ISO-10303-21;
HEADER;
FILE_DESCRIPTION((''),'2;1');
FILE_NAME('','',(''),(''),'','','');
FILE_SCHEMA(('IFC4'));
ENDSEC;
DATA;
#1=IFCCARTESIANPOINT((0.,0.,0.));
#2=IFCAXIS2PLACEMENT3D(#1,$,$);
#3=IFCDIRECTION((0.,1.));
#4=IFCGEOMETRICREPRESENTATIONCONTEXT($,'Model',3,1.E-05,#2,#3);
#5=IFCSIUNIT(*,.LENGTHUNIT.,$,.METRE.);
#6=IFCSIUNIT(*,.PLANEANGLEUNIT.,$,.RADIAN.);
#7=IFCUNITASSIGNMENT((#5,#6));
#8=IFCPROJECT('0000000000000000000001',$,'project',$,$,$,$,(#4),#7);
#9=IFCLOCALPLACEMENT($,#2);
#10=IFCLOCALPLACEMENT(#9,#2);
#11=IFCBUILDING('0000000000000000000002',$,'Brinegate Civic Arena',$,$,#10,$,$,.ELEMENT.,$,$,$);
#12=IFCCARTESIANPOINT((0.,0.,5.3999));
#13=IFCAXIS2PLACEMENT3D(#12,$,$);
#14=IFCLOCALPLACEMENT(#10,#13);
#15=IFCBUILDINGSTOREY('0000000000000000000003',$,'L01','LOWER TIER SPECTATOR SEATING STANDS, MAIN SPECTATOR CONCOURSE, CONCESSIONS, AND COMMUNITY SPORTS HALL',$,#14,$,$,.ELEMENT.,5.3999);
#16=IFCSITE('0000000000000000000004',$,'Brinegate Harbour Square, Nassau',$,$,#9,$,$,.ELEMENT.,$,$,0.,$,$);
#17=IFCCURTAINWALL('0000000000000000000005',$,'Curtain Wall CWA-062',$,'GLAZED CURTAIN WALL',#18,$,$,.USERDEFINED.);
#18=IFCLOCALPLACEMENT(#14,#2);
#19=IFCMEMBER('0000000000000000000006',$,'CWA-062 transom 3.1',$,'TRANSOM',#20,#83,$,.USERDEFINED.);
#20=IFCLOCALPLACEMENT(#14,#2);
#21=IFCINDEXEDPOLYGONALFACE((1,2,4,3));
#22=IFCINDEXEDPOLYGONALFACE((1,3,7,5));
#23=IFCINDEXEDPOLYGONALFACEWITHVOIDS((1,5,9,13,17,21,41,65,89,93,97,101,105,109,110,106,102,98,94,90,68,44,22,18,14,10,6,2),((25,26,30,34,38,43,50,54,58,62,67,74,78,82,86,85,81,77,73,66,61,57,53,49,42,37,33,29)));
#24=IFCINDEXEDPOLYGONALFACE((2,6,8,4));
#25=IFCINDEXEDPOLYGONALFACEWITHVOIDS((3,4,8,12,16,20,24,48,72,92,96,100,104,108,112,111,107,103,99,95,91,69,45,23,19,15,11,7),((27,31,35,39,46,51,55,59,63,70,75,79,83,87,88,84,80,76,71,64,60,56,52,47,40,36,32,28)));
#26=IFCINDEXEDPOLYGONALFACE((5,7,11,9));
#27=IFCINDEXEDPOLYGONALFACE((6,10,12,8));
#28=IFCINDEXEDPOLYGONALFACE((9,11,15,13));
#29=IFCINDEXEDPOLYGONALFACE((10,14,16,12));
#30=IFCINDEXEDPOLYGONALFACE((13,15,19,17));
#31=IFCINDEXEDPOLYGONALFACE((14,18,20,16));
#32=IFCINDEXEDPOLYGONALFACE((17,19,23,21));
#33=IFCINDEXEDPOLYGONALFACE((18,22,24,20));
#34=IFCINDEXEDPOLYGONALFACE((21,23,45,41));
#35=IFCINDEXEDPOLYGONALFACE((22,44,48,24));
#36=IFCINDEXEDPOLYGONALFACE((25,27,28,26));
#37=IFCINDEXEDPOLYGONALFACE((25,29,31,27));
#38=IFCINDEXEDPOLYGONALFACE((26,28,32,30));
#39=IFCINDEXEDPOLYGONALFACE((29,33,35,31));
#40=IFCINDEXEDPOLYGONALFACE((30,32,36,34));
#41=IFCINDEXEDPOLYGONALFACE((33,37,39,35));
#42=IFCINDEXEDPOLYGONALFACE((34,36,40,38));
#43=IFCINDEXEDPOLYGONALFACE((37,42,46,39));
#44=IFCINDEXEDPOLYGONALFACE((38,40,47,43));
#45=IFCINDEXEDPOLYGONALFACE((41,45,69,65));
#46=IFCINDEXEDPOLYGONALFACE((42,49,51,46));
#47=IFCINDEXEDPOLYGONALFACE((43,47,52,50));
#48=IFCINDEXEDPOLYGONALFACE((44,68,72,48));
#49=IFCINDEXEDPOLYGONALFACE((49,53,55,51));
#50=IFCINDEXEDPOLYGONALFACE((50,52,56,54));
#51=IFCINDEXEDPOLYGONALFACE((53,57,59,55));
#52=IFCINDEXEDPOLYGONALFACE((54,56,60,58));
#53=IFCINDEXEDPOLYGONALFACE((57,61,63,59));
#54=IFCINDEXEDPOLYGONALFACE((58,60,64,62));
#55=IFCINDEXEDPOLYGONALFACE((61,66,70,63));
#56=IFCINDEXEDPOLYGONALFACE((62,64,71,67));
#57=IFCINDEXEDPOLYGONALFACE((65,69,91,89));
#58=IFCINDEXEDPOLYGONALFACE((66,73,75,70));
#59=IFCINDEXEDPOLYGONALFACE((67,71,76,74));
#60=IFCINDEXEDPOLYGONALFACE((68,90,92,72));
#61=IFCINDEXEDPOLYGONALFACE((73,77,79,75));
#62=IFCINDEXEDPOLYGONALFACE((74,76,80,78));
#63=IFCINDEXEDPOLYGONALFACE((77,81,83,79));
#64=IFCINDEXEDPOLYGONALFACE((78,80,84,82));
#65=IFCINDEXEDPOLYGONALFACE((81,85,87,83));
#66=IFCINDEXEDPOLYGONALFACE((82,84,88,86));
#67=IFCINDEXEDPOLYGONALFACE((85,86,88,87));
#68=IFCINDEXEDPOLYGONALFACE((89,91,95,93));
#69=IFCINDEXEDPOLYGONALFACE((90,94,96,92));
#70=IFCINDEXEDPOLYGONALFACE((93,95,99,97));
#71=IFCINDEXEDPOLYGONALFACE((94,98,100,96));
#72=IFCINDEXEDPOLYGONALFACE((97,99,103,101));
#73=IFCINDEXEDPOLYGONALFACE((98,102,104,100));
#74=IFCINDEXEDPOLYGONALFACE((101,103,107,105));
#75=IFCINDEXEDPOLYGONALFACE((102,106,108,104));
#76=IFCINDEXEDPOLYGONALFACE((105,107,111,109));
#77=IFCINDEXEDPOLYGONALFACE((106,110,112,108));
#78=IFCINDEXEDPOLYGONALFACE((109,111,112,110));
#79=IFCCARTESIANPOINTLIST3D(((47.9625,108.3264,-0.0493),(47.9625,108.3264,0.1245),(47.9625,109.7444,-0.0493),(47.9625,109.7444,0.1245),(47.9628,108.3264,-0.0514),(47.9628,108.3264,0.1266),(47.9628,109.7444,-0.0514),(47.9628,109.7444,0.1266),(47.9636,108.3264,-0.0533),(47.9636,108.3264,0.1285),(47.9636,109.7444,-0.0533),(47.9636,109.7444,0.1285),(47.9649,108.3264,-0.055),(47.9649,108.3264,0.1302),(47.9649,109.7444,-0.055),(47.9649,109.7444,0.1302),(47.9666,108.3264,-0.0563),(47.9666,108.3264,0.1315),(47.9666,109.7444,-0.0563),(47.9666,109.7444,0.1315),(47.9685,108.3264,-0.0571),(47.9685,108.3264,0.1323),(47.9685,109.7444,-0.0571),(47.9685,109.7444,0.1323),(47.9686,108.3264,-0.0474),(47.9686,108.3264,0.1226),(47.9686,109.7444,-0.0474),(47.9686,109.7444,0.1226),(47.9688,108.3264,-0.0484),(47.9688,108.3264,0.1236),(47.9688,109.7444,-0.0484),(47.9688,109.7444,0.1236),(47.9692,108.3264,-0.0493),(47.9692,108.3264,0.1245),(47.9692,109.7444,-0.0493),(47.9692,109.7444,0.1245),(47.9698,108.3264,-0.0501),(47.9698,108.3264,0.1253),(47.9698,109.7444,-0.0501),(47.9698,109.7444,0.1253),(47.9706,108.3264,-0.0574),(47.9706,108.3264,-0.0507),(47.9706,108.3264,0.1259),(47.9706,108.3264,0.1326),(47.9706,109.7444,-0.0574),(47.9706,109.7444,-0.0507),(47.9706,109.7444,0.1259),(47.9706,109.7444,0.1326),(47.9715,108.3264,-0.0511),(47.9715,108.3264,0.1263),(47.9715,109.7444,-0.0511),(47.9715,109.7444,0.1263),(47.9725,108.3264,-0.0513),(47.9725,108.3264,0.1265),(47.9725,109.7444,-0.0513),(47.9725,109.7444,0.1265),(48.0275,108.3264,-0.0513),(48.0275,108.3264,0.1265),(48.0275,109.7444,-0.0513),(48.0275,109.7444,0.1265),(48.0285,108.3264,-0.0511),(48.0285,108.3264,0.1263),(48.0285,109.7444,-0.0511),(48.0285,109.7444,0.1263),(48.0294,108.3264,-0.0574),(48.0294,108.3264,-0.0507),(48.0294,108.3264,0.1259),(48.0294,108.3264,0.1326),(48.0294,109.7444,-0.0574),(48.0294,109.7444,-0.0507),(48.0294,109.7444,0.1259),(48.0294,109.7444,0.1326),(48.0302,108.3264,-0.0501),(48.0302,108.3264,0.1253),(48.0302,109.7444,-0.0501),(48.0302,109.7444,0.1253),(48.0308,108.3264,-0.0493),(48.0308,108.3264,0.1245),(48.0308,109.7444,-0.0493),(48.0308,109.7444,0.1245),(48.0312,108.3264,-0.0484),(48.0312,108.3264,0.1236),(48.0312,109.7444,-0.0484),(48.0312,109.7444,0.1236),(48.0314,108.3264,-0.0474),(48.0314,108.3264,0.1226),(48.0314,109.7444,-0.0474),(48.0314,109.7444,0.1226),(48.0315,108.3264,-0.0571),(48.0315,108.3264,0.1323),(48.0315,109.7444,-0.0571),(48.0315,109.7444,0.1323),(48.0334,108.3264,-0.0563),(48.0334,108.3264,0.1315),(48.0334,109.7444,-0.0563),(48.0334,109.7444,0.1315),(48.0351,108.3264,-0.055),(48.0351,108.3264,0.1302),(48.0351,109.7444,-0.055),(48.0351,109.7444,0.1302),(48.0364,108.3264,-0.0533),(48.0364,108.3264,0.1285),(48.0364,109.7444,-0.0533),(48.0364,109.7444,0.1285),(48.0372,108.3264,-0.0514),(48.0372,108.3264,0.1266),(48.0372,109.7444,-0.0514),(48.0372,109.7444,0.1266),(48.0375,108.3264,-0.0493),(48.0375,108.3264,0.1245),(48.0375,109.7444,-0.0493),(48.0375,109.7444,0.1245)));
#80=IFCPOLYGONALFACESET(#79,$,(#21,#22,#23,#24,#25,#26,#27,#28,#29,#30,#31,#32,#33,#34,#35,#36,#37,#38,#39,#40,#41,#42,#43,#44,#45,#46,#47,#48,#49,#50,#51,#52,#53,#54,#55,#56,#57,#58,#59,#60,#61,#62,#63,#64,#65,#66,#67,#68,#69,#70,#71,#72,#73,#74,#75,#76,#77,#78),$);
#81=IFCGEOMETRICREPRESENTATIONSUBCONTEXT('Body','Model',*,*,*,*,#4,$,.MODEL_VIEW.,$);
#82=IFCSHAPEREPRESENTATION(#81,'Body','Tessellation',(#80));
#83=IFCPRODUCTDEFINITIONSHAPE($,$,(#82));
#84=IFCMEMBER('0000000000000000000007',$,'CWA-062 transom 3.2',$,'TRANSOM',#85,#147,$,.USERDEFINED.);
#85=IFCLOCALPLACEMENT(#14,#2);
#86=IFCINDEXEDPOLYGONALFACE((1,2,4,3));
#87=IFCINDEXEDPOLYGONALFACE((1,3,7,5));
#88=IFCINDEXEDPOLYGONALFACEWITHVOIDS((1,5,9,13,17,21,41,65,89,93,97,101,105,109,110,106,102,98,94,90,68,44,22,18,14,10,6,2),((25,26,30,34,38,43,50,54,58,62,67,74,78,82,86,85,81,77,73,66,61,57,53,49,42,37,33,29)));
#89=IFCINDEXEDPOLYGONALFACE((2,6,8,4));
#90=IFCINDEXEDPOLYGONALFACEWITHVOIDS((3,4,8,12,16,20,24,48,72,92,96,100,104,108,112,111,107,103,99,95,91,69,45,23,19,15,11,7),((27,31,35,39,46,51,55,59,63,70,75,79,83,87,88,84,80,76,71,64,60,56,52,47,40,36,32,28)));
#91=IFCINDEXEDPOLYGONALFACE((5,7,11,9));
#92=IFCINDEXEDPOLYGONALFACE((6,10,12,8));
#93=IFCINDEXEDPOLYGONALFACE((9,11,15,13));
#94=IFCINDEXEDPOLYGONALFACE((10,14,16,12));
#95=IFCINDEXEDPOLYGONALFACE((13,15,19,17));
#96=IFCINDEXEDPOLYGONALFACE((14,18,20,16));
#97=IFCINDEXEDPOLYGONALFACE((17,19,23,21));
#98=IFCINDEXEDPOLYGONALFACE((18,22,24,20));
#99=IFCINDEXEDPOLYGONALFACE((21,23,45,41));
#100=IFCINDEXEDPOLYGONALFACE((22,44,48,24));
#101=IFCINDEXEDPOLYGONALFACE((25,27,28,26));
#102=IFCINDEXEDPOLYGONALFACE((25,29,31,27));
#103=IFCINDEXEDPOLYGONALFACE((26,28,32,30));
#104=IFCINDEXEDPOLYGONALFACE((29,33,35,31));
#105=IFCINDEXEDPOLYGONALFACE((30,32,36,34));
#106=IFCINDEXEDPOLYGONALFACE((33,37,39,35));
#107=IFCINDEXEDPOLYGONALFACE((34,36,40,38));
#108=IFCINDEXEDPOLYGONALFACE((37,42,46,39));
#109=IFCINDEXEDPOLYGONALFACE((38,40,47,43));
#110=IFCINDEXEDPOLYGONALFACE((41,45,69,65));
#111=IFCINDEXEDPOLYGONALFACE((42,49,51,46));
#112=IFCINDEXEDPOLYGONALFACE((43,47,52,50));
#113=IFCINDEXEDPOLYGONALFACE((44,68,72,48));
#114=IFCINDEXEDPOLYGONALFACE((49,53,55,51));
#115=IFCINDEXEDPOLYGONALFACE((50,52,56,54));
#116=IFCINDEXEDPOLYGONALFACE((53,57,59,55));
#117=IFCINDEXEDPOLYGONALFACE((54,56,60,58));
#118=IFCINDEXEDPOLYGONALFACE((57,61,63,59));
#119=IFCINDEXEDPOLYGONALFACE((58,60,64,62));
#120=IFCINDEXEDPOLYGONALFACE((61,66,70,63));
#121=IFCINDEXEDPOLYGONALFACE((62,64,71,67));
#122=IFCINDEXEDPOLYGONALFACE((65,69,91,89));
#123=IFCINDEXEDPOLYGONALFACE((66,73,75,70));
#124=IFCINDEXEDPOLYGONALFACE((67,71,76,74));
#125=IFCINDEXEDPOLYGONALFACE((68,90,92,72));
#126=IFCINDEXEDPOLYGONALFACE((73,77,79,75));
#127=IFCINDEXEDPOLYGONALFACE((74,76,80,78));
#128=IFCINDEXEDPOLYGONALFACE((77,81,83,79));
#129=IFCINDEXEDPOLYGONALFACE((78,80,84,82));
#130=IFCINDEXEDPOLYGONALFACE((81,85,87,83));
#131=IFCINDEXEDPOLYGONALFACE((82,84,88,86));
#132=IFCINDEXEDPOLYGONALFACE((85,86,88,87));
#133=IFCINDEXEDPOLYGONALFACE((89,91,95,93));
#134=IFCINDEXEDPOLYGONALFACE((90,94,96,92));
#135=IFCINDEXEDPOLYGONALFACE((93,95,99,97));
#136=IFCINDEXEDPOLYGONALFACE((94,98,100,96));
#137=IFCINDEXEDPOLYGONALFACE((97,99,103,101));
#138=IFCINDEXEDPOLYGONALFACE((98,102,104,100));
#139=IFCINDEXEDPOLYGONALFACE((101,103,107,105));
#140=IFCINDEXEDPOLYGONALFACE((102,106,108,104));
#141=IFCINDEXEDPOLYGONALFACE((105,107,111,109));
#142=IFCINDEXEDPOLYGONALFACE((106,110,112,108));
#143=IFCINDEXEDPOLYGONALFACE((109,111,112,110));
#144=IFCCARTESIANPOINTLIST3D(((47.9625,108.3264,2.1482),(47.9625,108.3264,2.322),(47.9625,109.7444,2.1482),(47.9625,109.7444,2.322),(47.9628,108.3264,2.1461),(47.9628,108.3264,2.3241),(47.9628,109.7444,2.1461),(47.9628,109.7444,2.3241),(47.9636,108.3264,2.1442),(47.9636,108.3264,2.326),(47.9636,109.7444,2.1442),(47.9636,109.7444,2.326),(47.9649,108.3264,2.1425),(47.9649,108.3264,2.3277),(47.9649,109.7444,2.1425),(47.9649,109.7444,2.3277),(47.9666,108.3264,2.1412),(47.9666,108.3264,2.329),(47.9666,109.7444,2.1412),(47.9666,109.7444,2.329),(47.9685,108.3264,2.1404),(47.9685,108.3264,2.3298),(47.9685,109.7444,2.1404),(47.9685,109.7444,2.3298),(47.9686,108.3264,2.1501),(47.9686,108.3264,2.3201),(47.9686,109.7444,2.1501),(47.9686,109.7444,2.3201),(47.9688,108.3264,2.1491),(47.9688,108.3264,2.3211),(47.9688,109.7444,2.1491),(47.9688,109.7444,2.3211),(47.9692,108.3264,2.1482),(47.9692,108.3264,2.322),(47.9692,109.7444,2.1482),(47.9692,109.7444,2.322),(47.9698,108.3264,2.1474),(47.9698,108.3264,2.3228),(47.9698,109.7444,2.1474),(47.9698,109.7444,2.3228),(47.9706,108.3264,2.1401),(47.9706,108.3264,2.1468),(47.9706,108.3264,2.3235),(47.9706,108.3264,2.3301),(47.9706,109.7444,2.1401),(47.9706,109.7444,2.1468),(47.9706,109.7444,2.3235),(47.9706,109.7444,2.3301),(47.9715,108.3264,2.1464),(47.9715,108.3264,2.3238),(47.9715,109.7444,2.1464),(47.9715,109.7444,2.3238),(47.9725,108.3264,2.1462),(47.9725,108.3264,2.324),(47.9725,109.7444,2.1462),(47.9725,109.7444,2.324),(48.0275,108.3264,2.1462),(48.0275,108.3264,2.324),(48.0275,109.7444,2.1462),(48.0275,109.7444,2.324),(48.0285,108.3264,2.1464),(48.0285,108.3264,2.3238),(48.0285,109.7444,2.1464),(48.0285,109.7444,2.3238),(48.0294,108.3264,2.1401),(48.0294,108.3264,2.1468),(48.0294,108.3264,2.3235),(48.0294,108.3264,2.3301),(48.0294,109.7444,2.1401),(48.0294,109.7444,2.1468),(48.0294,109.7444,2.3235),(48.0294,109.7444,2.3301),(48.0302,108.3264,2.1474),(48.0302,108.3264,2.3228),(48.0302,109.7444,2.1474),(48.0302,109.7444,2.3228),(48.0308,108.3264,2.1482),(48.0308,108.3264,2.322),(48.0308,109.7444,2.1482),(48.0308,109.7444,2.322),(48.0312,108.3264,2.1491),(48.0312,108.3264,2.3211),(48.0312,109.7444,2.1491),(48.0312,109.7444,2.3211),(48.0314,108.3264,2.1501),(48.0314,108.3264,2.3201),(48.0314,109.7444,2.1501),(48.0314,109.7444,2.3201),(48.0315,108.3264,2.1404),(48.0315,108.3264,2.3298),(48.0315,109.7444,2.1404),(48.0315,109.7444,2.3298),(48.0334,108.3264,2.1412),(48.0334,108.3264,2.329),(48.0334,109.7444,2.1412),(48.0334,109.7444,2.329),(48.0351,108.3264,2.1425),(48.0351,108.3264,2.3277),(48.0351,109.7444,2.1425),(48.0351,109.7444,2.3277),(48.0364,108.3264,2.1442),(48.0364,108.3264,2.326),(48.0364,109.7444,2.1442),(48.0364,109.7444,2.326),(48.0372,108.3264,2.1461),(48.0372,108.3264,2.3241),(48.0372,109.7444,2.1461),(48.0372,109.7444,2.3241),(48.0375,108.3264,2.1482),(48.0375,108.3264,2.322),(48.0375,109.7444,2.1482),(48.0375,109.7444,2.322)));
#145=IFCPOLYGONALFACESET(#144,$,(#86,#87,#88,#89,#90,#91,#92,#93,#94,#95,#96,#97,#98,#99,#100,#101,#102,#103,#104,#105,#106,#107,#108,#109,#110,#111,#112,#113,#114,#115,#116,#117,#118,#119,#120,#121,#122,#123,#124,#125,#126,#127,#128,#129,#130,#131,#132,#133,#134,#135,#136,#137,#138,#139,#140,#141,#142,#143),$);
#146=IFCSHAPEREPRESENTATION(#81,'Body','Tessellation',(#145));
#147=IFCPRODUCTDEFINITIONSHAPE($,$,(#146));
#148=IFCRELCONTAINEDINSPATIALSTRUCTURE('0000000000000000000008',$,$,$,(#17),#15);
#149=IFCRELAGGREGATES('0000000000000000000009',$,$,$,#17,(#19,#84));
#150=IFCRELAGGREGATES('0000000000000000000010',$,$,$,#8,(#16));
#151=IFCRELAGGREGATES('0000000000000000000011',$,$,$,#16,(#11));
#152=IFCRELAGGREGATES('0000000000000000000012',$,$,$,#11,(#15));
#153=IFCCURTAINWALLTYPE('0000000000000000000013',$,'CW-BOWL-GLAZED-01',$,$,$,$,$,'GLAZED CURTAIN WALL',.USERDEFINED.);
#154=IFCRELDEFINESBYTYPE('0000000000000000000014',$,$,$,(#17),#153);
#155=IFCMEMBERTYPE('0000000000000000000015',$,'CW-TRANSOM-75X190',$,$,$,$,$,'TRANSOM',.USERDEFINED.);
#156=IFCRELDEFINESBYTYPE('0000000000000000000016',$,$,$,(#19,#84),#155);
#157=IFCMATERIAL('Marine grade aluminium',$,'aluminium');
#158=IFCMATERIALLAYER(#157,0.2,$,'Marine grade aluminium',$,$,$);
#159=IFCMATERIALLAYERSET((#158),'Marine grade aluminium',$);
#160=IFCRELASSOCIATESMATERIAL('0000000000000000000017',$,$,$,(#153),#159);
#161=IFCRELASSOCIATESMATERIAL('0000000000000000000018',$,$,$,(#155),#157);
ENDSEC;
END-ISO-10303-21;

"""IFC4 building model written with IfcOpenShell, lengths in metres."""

from ifc_helpers import new_model, si_unit, direction, frame, origin, origin_2d, place, context, subcontext, project, spatial, hollow_rectangle, extrude, material, layer, layer_set, material_profile, profile_set, type_object, element, aggregate, save


model = new_model("IFC4")

# Units and contexts
model_context = context("Model", 3, precision=1e-05, world=origin(), true_north=direction((0.0, 1.0)))
body_context = subcontext(model_context, "Body", "Model", "MODEL_VIEW")
ifc_project = project(units=[si_unit("LENGTHUNIT", "METRE"), si_unit("PLANEANGLEUNIT", "RADIAN")], contexts=[model_context])

# Site, building, storey
site_placement = place(None, origin())
site = spatial("IfcSite", under=ifc_project, at=site_placement, Name="Brinegate Harbour Square, Nassau", CompositionType="ELEMENT", RefElevation=0.0)
building_placement = place(site_placement, origin())
building = spatial("IfcBuilding", under=site, at=building_placement, Name="Brinegate Civic Arena", CompositionType="ELEMENT")
storey_placement = place(building_placement, frame((0.0, 0.0, 5.3999)))
storey = spatial("IfcBuildingStorey", under=building, at=storey_placement, Name="L01", Description="LOWER TIER SPECTATOR SEATING STANDS, MAIN SPECTATOR CONCOURSE, CONCESSIONS, AND COMMUNITY SPORTS HALL", CompositionType="ELEMENT", Elevation=5.3999)

# Curtain wall, members
ifc_material_1 = material(Name="Marine grade aluminium", Category="aluminium")
ifc_layer_1 = layer(ifc_material_1, 0.2, Name="Marine grade aluminium")
ifc_layer_set_1 = layer_set([ifc_layer_1], Name="Marine grade aluminium")
curtain_wall_type = type_object("IfcCurtainWallType", Name="CW-BOWL-GLAZED-01", ElementType="GLAZED CURTAIN WALL", PredefinedType="USERDEFINED", material=ifc_layer_set_1)
curtain_wall_placement = place(storey_placement, origin())
curtain_wall = element("IfcCurtainWall", 1, at=curtain_wall_placement, inside=storey, type_object=curtain_wall_type, Name="Curtain Wall CWA-062", ObjectType="GLAZED CURTAIN WALL", PredefinedType="USERDEFINED")
ifc_material_profile_1 = material_profile(ifc_material_1, hollow_rectangle(XDim=0.075, YDim=0.1899, WallThickness=0.0061, InnerFilletRadius=0.0039, OuterFilletRadius=0.0081, at=origin_2d()), Name="TRN75X190")
ifc_profile_set_1 = profile_set([ifc_material_profile_1], Name="Marine grade aluminium")
member_type_1 = type_object("IfcMemberType", Name="CW-TRANSOM-75X190", ElementType="TRANSOM", PredefinedType="USERDEFINED", material=ifc_profile_set_1)
member_1_placement = place(storey_placement, frame((48.0, 108.3264, 0.0376), z_axis=(0.0, 1.0, 0.0), x_axis=(-1.0, 0.0, 0.0)))
member_1 = element("IfcMember", 2, at=member_1_placement, type_object=member_type_1, Name="CWA-062 transom 3.1", ObjectType="TRANSOM", PredefinedType="USERDEFINED", context=body_context, shape_type="SweptSolid", body=[
    extrude(hollow_rectangle(XDim=0.075, YDim=0.1899, WallThickness=0.0061, InnerFilletRadius=0.0039, OuterFilletRadius=0.0081, at=origin_2d()), origin(), (0.0, 0.0, 1.0), 1.418),
])
member_2_placement = place(storey_placement, frame((48.0, 108.3264, 2.2351), z_axis=(0.0, 1.0, 0.0), x_axis=(-1.0, 0.0, 0.0)))
member_2 = element("IfcMember", 3, at=member_2_placement, type_object=member_type_1, Name="CWA-062 transom 3.2", ObjectType="TRANSOM", PredefinedType="USERDEFINED", context=body_context, shape_type="SweptSolid", body=[
    extrude(hollow_rectangle(XDim=0.075, YDim=0.1899, WallThickness=0.0061, InnerFilletRadius=0.0039, OuterFilletRadius=0.0081, at=origin_2d()), origin(), (0.0, 0.0, 1.0), 1.418),
])

aggregate(curtain_wall, [member_1, member_2])

save(model, "model.ifc")
